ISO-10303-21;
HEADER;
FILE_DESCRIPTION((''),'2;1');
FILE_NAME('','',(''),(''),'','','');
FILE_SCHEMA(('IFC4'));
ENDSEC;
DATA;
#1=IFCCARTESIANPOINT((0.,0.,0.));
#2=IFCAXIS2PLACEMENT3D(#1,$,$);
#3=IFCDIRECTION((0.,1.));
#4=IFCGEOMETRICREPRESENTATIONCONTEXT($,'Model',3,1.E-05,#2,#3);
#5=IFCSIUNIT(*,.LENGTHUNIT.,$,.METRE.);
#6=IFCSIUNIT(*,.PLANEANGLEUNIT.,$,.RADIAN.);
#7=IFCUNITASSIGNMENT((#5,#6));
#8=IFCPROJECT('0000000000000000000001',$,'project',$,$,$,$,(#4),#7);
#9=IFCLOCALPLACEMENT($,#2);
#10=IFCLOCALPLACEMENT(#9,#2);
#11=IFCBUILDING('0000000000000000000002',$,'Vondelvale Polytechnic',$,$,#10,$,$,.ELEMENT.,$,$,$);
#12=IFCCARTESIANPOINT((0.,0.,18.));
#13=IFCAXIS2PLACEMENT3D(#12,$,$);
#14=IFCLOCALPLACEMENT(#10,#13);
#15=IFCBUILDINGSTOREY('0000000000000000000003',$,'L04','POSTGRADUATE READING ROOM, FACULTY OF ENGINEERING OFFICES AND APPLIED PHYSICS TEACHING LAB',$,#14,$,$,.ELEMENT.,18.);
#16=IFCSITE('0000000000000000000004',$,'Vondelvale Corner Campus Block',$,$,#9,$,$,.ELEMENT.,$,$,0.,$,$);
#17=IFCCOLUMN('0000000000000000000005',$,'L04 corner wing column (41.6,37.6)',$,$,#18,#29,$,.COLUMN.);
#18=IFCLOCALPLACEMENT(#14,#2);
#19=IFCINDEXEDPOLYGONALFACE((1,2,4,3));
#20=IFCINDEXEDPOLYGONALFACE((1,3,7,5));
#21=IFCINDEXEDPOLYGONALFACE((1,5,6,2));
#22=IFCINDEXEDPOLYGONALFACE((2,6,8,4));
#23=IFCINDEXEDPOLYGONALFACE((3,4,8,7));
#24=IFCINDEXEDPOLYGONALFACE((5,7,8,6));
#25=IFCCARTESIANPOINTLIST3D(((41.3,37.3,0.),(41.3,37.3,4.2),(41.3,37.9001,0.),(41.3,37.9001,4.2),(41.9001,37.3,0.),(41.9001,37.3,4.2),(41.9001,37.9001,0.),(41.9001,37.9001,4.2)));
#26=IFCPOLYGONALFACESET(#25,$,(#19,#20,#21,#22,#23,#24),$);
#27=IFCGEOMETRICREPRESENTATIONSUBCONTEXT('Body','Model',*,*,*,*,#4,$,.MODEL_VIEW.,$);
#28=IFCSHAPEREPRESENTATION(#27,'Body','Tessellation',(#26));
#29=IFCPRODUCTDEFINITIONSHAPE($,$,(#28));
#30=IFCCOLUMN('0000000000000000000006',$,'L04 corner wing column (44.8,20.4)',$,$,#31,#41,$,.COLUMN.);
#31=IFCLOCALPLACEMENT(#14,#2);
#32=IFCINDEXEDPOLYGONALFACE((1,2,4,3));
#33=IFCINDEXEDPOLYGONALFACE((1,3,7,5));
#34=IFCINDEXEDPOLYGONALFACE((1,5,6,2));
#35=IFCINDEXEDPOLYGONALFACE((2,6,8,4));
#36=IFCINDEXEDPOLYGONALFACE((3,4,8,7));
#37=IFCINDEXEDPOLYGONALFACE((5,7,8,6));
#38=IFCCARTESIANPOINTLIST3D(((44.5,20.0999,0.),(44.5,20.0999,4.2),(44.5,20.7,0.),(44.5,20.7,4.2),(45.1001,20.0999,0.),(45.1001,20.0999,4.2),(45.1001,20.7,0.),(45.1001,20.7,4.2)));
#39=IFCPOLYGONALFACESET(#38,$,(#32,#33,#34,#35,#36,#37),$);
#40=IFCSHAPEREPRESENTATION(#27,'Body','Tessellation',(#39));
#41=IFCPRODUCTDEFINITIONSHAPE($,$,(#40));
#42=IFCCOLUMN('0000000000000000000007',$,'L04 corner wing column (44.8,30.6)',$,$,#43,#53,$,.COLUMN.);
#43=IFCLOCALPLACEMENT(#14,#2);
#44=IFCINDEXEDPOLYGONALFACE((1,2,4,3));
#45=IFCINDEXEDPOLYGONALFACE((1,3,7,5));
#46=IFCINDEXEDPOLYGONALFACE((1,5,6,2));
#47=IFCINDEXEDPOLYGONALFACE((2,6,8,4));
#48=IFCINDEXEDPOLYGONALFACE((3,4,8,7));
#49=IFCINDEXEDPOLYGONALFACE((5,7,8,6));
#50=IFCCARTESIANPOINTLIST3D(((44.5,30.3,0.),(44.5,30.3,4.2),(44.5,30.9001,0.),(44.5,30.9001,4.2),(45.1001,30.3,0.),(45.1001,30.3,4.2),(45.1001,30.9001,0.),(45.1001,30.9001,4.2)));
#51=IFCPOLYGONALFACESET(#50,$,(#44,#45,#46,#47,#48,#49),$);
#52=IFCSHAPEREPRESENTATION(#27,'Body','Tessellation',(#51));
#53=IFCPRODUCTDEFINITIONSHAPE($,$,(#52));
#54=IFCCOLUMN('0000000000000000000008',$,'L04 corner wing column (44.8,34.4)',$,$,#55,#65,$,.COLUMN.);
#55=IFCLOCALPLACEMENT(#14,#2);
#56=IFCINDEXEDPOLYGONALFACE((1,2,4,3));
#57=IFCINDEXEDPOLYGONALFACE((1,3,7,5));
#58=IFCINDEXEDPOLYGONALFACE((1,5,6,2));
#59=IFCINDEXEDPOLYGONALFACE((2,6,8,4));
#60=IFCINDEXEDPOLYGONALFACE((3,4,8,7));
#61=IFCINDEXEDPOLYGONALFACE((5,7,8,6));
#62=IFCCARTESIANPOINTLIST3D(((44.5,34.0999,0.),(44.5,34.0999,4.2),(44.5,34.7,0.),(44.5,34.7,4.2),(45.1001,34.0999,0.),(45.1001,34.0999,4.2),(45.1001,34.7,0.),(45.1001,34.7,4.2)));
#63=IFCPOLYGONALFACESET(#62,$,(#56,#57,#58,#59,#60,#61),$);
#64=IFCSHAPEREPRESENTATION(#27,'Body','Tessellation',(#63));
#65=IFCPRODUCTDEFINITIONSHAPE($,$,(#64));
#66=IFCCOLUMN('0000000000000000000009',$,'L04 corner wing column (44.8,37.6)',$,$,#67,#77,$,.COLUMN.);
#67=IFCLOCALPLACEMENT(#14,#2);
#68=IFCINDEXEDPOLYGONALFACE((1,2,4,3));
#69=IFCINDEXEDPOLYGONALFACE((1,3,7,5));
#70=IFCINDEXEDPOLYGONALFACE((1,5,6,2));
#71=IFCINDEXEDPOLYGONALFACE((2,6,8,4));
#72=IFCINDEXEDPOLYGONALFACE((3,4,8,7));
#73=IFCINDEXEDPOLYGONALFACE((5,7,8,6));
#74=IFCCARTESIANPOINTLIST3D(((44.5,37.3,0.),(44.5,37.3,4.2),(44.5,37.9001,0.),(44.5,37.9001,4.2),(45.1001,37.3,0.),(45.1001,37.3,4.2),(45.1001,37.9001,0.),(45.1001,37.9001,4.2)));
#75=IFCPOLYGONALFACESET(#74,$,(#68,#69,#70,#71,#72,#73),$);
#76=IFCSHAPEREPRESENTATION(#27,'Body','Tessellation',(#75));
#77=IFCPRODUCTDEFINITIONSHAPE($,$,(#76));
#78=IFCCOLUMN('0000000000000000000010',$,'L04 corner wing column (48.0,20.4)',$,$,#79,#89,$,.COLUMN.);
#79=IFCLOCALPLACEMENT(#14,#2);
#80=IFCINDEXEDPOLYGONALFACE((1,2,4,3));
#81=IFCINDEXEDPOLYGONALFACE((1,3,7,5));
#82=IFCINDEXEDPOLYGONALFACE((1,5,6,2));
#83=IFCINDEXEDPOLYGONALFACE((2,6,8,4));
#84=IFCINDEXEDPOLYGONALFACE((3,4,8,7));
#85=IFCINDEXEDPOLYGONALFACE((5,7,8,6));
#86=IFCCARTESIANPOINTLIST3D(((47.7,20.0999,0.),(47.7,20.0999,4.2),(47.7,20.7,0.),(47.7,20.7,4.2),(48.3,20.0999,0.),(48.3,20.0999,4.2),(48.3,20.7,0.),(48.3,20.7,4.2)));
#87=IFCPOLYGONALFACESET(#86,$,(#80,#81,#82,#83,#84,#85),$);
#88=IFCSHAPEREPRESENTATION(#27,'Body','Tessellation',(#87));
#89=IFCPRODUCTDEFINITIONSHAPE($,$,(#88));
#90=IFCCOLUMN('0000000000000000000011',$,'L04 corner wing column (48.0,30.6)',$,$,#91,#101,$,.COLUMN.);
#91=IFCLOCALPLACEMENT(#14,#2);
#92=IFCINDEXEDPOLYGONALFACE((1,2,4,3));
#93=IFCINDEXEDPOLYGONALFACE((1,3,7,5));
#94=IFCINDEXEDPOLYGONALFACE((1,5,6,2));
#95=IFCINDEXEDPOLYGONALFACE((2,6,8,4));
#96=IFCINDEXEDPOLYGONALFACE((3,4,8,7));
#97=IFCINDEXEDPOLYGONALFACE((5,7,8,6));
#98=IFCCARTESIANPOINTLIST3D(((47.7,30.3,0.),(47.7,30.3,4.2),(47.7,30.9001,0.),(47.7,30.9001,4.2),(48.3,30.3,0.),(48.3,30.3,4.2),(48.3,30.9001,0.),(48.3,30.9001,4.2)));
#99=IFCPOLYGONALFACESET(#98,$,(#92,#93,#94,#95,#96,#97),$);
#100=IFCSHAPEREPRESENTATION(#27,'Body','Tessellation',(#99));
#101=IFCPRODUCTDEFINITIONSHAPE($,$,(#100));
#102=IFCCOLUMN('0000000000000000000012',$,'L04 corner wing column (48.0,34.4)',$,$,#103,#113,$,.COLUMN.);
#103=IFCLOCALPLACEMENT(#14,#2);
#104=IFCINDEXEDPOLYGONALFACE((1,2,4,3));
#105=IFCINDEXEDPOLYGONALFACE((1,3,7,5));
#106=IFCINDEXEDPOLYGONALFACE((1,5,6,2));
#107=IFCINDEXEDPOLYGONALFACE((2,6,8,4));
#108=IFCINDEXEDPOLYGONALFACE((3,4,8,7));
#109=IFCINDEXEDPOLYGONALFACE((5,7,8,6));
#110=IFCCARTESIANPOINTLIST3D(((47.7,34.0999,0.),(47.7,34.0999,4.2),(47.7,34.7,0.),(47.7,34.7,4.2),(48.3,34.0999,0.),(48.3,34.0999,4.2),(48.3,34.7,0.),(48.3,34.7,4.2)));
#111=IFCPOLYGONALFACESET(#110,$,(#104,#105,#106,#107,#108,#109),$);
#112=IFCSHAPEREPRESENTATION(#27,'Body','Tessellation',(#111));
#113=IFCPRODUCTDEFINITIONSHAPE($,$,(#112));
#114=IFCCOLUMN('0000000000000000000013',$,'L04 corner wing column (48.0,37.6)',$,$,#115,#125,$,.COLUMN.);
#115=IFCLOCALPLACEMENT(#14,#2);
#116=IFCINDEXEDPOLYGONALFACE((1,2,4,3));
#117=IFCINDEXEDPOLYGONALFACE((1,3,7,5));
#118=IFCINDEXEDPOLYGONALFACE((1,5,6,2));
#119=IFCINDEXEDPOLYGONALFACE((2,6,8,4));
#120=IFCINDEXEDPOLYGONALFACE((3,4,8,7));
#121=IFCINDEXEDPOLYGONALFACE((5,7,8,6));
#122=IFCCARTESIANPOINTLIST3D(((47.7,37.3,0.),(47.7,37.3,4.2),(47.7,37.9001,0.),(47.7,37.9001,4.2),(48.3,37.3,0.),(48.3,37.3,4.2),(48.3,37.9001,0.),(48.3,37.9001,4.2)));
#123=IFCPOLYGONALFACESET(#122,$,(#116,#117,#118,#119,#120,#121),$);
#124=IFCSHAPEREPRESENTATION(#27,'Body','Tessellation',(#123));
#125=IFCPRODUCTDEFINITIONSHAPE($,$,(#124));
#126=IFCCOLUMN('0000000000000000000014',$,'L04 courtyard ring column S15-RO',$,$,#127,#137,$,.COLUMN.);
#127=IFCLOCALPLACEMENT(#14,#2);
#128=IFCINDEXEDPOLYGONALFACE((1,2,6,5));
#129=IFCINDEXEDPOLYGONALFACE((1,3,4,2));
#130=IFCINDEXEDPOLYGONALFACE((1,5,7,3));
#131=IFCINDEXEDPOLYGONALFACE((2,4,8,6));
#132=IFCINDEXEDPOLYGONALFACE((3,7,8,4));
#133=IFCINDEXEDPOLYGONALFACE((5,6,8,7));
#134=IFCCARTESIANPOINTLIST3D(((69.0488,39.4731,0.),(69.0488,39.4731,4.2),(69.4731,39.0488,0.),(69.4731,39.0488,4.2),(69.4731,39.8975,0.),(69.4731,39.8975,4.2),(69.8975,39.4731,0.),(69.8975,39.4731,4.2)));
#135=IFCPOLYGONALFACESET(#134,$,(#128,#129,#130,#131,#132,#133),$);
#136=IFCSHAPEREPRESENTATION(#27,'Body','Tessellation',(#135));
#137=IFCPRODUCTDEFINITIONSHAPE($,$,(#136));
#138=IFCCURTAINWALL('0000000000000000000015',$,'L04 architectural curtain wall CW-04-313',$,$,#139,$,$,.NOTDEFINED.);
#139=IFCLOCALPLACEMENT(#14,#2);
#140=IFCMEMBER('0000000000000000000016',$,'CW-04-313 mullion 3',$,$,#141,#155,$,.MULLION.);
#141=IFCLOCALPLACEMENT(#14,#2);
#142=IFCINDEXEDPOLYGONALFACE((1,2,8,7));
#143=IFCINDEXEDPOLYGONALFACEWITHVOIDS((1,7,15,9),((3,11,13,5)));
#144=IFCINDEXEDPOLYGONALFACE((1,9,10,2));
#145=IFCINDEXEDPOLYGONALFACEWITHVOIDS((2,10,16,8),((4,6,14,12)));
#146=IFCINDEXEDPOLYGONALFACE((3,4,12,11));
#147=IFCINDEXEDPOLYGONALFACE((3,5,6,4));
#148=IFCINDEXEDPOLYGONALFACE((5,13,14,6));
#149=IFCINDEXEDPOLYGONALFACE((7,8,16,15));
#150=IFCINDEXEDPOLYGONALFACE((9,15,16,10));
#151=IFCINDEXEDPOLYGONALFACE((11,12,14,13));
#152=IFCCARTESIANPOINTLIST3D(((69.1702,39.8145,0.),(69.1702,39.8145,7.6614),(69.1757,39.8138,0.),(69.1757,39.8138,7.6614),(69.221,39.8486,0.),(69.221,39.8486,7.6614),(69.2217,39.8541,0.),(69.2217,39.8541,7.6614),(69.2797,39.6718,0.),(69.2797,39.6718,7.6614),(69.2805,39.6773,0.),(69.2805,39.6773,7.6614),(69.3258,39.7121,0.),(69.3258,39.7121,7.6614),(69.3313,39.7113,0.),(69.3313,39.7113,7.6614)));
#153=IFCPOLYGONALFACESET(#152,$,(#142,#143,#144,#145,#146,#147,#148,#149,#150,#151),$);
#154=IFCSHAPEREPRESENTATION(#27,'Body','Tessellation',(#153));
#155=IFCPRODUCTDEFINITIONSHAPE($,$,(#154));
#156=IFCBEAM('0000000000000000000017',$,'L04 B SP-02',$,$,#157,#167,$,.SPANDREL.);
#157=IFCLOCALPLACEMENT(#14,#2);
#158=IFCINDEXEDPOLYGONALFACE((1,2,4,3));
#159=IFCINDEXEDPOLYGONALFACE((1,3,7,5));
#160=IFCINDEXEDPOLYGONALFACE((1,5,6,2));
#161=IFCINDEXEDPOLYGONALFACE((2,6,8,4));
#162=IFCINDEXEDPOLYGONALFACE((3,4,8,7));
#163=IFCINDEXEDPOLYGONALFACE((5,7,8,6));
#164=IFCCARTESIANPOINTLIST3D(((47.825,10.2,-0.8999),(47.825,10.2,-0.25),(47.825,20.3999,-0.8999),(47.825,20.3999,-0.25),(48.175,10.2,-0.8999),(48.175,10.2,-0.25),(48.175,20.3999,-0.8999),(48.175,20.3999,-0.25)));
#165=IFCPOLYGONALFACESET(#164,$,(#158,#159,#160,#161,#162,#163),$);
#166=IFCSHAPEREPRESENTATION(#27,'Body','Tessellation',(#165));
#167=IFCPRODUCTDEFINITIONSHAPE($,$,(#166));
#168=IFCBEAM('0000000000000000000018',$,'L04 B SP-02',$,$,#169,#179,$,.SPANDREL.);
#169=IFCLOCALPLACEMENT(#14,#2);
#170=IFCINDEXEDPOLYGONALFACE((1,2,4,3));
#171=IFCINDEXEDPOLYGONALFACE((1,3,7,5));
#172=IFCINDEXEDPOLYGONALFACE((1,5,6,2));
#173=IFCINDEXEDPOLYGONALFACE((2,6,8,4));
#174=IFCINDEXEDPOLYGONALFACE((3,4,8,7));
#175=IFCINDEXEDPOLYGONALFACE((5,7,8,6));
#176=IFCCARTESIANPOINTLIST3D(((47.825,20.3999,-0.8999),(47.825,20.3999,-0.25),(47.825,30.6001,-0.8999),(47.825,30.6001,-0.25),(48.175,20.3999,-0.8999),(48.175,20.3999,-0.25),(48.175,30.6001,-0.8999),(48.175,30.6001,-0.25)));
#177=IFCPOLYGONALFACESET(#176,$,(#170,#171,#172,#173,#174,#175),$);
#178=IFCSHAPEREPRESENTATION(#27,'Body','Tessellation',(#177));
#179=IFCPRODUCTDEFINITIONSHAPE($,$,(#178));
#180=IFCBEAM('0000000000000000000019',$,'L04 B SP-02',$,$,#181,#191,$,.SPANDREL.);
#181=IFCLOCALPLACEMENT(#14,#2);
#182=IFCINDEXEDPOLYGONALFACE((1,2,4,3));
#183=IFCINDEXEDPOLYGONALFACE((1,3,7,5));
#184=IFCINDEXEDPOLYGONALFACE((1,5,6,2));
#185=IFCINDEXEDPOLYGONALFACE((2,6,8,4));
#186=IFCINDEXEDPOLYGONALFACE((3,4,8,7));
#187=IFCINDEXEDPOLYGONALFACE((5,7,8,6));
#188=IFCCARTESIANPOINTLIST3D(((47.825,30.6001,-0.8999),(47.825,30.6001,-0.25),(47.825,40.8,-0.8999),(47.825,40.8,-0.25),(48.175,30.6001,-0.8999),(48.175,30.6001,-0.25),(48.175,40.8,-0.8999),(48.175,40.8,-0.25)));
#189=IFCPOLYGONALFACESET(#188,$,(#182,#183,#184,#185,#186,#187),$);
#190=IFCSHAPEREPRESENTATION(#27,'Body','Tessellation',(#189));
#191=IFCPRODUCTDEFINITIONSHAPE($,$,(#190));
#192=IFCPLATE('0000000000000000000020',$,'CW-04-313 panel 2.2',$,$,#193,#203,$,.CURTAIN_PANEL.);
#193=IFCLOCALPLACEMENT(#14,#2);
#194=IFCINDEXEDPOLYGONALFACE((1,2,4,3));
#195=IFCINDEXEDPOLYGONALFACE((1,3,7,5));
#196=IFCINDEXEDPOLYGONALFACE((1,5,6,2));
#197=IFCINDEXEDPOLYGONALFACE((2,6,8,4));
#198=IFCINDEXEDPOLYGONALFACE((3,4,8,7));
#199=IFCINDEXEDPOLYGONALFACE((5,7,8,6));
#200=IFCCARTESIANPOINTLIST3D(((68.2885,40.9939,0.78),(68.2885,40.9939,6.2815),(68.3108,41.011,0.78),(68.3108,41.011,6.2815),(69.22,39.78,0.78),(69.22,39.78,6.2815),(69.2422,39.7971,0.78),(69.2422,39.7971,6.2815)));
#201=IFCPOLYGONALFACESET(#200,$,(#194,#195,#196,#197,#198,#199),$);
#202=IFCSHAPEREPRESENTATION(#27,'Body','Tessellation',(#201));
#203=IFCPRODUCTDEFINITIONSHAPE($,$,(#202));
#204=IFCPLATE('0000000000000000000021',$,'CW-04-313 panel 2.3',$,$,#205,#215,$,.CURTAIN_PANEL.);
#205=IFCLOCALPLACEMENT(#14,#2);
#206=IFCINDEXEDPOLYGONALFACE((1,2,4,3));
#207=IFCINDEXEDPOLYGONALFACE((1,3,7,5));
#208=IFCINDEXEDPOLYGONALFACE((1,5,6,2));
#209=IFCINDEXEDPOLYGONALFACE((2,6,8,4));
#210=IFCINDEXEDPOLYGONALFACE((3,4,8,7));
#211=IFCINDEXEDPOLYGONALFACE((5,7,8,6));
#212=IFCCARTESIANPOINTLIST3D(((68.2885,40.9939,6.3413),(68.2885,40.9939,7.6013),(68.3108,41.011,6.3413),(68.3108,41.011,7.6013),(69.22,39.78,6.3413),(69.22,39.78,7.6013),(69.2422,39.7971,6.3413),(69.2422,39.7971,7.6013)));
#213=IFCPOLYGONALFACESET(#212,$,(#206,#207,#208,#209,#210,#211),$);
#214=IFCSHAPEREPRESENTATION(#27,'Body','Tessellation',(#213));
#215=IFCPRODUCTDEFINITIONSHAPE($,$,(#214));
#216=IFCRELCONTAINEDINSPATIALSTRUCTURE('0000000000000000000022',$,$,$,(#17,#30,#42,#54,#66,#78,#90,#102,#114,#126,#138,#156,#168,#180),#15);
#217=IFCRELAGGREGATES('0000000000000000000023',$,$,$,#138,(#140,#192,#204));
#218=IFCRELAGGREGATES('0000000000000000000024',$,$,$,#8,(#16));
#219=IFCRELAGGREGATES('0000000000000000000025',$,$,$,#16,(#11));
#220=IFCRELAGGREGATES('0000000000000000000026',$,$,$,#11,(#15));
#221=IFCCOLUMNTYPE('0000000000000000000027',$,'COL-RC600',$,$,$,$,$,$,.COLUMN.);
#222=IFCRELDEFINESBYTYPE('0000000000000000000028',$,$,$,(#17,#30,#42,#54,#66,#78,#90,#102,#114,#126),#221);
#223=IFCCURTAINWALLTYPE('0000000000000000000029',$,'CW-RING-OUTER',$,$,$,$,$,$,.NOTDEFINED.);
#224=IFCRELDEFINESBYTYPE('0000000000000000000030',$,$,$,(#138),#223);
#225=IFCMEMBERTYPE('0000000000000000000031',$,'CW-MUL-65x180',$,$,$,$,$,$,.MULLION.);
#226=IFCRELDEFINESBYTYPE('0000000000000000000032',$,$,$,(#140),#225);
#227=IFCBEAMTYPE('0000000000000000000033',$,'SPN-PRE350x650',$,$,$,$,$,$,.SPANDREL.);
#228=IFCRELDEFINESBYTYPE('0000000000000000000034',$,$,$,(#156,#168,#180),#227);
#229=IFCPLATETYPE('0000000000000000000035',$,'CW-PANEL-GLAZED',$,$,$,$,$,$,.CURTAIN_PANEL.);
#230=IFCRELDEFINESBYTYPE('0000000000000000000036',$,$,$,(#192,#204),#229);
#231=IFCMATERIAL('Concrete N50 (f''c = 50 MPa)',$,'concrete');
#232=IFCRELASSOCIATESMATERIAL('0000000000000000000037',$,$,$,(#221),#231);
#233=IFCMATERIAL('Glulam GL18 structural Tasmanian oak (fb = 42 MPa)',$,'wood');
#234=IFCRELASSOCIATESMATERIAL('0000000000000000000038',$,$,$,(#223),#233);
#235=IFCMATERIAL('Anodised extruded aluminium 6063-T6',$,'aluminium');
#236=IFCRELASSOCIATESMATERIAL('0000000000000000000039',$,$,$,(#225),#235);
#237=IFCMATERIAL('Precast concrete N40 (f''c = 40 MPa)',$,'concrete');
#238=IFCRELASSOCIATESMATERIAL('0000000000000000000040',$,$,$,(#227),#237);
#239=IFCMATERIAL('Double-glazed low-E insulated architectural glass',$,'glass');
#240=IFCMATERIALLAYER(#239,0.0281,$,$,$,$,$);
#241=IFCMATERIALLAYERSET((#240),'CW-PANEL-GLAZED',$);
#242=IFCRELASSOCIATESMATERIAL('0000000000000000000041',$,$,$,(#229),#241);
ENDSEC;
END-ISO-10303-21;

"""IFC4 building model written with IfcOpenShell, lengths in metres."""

from ifc_helpers import new_model, si_unit, direction, frame, origin, origin_2d, place, context, subcontext, project, spatial, rectangle, hollow_rectangle, extrude, material, layer, layer_set, material_profile, profile_set, type_object, element, aggregate, save


model = new_model("IFC4")

# Units and contexts
model_context = context("Model", 3, precision=1e-05, world=origin(), true_north=direction((0.0, 1.0)))
body_context = subcontext(model_context, "Body", "Model", "MODEL_VIEW")
ifc_project = project(units=[si_unit("LENGTHUNIT", "METRE"), si_unit("PLANEANGLEUNIT", "RADIAN")], contexts=[model_context])

# Site, building, storey
site_placement = place(None, origin())
site = spatial("IfcSite", under=ifc_project, at=site_placement, Name="Vondelvale Corner Campus Block", CompositionType="ELEMENT", RefElevation=0.0)
building_placement = place(site_placement, origin())
building = spatial("IfcBuilding", under=site, at=building_placement, Name="Vondelvale Polytechnic", CompositionType="ELEMENT")
storey_placement = place(building_placement, frame((0.0, 0.0, 18.0)))
storey = spatial("IfcBuildingStorey", under=building, at=storey_placement, Name="L04", Description="POSTGRADUATE READING ROOM, FACULTY OF ENGINEERING OFFICES AND APPLIED PHYSICS TEACHING LAB", CompositionType="ELEMENT", Elevation=18.0)

# Columns
ifc_material_1 = material(Name="Concrete N50 (f'c = 50 MPa)", Category="concrete")
ifc_material_profile_1 = material_profile(ifc_material_1, rectangle(XDim=0.6001, YDim=0.6001, at=origin_2d()), Name="RC-COL-600x600")
ifc_profile_set_1 = profile_set([ifc_material_profile_1], Name="Concrete N50 (f'c = 50 MPa)")
column_type = type_object("IfcColumnType", Name="COL-RC600", PredefinedType="COLUMN", material=ifc_profile_set_1)
for number, where, z_axis, x_axis, name in (
    (1, (41.6001, 37.6001, 0.0), (0.0, 0.0, 1.0), (1.0, 0.0, 0.0), "L04 corner wing column (41.6,37.6)"),
    (2, (44.8, 20.3999, 0.0), (0.0, 0.0, 1.0), (1.0, 0.0, 0.0), "L04 corner wing column (44.8,20.4)"),
    (3, (44.8, 30.6001, 0.0), (0.0, 0.0, 1.0), (1.0, 0.0, 0.0), "L04 corner wing column (44.8,30.6)"),
    (4, (44.8, 34.3999, 0.0), (0.0, 0.0, 1.0), (1.0, 0.0, 0.0), "L04 corner wing column (44.8,34.4)"),
    (5, (44.8, 37.6001, 0.0), (0.0, 0.0, 1.0), (1.0, 0.0, 0.0), "L04 corner wing column (44.8,37.6)"),
    (6, (48.0, 20.3999, 0.0), (0.0, 0.0, 1.0), (1.0, 0.0, 0.0), "L04 corner wing column (48.0,20.4)"),
    (7, (48.0, 30.6001, 0.0), (0.0, 0.0, 1.0), (1.0, 0.0, 0.0), "L04 corner wing column (48.0,30.6)"),
    (8, (48.0, 34.3999, 0.0), (0.0, 0.0, 1.0), (1.0, 0.0, 0.0), "L04 corner wing column (48.0,34.4)"),
    (9, (48.0, 37.6001, 0.0), (0.0, 0.0, 1.0), (1.0, 0.0, 0.0), "L04 corner wing column (48.0,37.6)"),
    (10, (69.4731, 39.4731, 0.0), (0.0, 0.0, 1.0), (0.707107, 0.707107, 0.0), "L04 courtyard ring column S15-RO"),
):
    element("IfcColumn", number, at=place(storey_placement, frame(where, z_axis=z_axis, x_axis=x_axis)), inside=storey, type_object=column_type, Name=name, PredefinedType="COLUMN", context=body_context, shape_type="SweptSolid", body=[
        extrude(rectangle(XDim=0.6001, YDim=0.6001, at=origin_2d()), origin(), (0.0, 0.0, 1.0), 4.2),
    ])

# Curtain wall, member
ifc_material_2 = material(Name="Glulam GL18 structural Tasmanian oak (fb = 42 MPa)", Category="wood")
curtain_wall_type = type_object("IfcCurtainWallType", Name="CW-RING-OUTER", PredefinedType="NOTDEFINED", material=ifc_material_2)
curtain_wall_placement = place(storey_placement, origin())
curtain_wall = element("IfcCurtainWall", 11, at=curtain_wall_placement, inside=storey, type_object=curtain_wall_type, Name="L04 architectural curtain wall CW-04-313", PredefinedType="NOTDEFINED")
ifc_material_3 = material(Name="Anodised extruded aluminium 6063-T6", Category="aluminium")
ifc_material_profile_2 = material_profile(ifc_material_3, hollow_rectangle(XDim=0.0649, YDim=0.1799, WallThickness=0.0039, at=origin_2d()), Name="CW-MUL-180x65")
ifc_profile_set_2 = profile_set([ifc_material_profile_2], Name="Anodised extruded aluminium 6063-T6")
member_type = type_object("IfcMemberType", Name="CW-MUL-65x180", PredefinedType="MULLION", material=ifc_profile_set_2)
member_placement = place(storey_placement, frame((69.2507, 39.7629, 0.0), z_axis=(0.0, 0.0, 1.0), x_axis=(0.793334, 0.608787, 0.0)))
member = element("IfcMember", 12, at=member_placement, type_object=member_type, Name="CW-04-313 mullion 3", PredefinedType="MULLION", context=body_context, shape_type="SweptSolid", body=[
    extrude(hollow_rectangle(XDim=0.0649, YDim=0.1799, WallThickness=0.0039, at=origin_2d()), origin(), (0.0, 0.0, 1.0), 7.6614),
])

# Beams
ifc_material_4 = material(Name="Precast concrete N40 (f'c = 40 MPa)", Category="concrete")
ifc_material_profile_3 = material_profile(ifc_material_4, rectangle(XDim=0.3501, YDim=0.6499, at=origin_2d()), Name="RC-SPN-350x650")
ifc_profile_set_3 = profile_set([ifc_material_profile_3], Name="Precast concrete N40 (f'c = 40 MPa)")
beam_type = type_object("IfcBeamType", Name="SPN-PRE350x650", PredefinedType="SPANDREL", material=ifc_profile_set_3)
beam_1_placement = place(storey_placement, frame((48.0, 10.2, -0.575), z_axis=(0.0, 1.0, 0.0), x_axis=(-1.0, 0.0, 0.0)))
element("IfcBeam", 13, at=beam_1_placement, inside=storey, type_object=beam_type, Name="L04 B SP-02", PredefinedType="SPANDREL", context=body_context, shape_type="SweptSolid", body=[
    extrude(rectangle(XDim=0.3501, YDim=0.6499, at=origin_2d()), origin(), (0.0, 0.0, 1.0), 10.2),
])
beam_2_placement = place(storey_placement, frame((48.0, 20.3999, -0.575), z_axis=(0.0, 1.0, 0.0), x_axis=(-1.0, 0.0, 0.0)))
element("IfcBeam", 14, at=beam_2_placement, inside=storey, type_object=beam_type, Name="L04 B SP-02", PredefinedType="SPANDREL", context=body_context, shape_type="SweptSolid", body=[
    extrude(rectangle(XDim=0.3501, YDim=0.6499, at=origin_2d()), origin(), (0.0, 0.0, 1.0), 10.2002),
])
beam_3_placement = place(storey_placement, frame((48.0, 30.6001, -0.575), z_axis=(0.0, 1.0, 0.0), x_axis=(-1.0, 0.0, 0.0)))
element("IfcBeam", 15, at=beam_3_placement, inside=storey, type_object=beam_type, Name="L04 B SP-02", PredefinedType="SPANDREL", context=body_context, shape_type="SweptSolid", body=[
    extrude(rectangle(XDim=0.3501, YDim=0.6499, at=origin_2d()), origin(), (0.0, 0.0, 1.0), 10.2),
])

# Plates
ifc_material_5 = material(Name="Double-glazed low-E insulated architectural glass", Category="glass")
ifc_layer_1 = layer(ifc_material_5, 0.0281)
ifc_layer_set_1 = layer_set([ifc_layer_1], Name="CW-PANEL-GLAZED")
plate_type_1 = type_object("IfcPlateType", Name="CW-PANEL-GLAZED", PredefinedType="CURTAIN_PANEL", material=ifc_layer_set_1)
plate_1_placement = place(storey_placement, frame((68.7654, 40.3955, 0.78), z_axis=(0.0, 0.0, 1.0), x_axis=(0.608787, -0.793334, 0.0)))
plate_1 = element("IfcPlate", 16, at=plate_1_placement, type_object=plate_type_1, Name="CW-04-313 panel 2.2", PredefinedType="CURTAIN_PANEL", context=body_context, shape_type="SweptSolid", body=[
    extrude(rectangle(XDim=1.53, YDim=0.0281, at=origin_2d()), origin(), (0.0, 0.0, 1.0), 5.5015),
])
plate_2_placement = place(storey_placement, frame((68.7654, 40.3955, 6.3413), z_axis=(0.0, 0.0, 1.0), x_axis=(0.608787, -0.793334, 0.0)))
plate_2 = element("IfcPlate", 17, at=plate_2_placement, type_object=plate_type_1, Name="CW-04-313 panel 2.3", PredefinedType="CURTAIN_PANEL", context=body_context, shape_type="SweptSolid", body=[
    extrude(rectangle(XDim=1.53, YDim=0.0281, at=origin_2d()), origin(), (0.0, 0.0, 1.0), 1.26),
])
aggregate(curtain_wall, [member, plate_1, plate_2])

save(model, "model.ifc")
